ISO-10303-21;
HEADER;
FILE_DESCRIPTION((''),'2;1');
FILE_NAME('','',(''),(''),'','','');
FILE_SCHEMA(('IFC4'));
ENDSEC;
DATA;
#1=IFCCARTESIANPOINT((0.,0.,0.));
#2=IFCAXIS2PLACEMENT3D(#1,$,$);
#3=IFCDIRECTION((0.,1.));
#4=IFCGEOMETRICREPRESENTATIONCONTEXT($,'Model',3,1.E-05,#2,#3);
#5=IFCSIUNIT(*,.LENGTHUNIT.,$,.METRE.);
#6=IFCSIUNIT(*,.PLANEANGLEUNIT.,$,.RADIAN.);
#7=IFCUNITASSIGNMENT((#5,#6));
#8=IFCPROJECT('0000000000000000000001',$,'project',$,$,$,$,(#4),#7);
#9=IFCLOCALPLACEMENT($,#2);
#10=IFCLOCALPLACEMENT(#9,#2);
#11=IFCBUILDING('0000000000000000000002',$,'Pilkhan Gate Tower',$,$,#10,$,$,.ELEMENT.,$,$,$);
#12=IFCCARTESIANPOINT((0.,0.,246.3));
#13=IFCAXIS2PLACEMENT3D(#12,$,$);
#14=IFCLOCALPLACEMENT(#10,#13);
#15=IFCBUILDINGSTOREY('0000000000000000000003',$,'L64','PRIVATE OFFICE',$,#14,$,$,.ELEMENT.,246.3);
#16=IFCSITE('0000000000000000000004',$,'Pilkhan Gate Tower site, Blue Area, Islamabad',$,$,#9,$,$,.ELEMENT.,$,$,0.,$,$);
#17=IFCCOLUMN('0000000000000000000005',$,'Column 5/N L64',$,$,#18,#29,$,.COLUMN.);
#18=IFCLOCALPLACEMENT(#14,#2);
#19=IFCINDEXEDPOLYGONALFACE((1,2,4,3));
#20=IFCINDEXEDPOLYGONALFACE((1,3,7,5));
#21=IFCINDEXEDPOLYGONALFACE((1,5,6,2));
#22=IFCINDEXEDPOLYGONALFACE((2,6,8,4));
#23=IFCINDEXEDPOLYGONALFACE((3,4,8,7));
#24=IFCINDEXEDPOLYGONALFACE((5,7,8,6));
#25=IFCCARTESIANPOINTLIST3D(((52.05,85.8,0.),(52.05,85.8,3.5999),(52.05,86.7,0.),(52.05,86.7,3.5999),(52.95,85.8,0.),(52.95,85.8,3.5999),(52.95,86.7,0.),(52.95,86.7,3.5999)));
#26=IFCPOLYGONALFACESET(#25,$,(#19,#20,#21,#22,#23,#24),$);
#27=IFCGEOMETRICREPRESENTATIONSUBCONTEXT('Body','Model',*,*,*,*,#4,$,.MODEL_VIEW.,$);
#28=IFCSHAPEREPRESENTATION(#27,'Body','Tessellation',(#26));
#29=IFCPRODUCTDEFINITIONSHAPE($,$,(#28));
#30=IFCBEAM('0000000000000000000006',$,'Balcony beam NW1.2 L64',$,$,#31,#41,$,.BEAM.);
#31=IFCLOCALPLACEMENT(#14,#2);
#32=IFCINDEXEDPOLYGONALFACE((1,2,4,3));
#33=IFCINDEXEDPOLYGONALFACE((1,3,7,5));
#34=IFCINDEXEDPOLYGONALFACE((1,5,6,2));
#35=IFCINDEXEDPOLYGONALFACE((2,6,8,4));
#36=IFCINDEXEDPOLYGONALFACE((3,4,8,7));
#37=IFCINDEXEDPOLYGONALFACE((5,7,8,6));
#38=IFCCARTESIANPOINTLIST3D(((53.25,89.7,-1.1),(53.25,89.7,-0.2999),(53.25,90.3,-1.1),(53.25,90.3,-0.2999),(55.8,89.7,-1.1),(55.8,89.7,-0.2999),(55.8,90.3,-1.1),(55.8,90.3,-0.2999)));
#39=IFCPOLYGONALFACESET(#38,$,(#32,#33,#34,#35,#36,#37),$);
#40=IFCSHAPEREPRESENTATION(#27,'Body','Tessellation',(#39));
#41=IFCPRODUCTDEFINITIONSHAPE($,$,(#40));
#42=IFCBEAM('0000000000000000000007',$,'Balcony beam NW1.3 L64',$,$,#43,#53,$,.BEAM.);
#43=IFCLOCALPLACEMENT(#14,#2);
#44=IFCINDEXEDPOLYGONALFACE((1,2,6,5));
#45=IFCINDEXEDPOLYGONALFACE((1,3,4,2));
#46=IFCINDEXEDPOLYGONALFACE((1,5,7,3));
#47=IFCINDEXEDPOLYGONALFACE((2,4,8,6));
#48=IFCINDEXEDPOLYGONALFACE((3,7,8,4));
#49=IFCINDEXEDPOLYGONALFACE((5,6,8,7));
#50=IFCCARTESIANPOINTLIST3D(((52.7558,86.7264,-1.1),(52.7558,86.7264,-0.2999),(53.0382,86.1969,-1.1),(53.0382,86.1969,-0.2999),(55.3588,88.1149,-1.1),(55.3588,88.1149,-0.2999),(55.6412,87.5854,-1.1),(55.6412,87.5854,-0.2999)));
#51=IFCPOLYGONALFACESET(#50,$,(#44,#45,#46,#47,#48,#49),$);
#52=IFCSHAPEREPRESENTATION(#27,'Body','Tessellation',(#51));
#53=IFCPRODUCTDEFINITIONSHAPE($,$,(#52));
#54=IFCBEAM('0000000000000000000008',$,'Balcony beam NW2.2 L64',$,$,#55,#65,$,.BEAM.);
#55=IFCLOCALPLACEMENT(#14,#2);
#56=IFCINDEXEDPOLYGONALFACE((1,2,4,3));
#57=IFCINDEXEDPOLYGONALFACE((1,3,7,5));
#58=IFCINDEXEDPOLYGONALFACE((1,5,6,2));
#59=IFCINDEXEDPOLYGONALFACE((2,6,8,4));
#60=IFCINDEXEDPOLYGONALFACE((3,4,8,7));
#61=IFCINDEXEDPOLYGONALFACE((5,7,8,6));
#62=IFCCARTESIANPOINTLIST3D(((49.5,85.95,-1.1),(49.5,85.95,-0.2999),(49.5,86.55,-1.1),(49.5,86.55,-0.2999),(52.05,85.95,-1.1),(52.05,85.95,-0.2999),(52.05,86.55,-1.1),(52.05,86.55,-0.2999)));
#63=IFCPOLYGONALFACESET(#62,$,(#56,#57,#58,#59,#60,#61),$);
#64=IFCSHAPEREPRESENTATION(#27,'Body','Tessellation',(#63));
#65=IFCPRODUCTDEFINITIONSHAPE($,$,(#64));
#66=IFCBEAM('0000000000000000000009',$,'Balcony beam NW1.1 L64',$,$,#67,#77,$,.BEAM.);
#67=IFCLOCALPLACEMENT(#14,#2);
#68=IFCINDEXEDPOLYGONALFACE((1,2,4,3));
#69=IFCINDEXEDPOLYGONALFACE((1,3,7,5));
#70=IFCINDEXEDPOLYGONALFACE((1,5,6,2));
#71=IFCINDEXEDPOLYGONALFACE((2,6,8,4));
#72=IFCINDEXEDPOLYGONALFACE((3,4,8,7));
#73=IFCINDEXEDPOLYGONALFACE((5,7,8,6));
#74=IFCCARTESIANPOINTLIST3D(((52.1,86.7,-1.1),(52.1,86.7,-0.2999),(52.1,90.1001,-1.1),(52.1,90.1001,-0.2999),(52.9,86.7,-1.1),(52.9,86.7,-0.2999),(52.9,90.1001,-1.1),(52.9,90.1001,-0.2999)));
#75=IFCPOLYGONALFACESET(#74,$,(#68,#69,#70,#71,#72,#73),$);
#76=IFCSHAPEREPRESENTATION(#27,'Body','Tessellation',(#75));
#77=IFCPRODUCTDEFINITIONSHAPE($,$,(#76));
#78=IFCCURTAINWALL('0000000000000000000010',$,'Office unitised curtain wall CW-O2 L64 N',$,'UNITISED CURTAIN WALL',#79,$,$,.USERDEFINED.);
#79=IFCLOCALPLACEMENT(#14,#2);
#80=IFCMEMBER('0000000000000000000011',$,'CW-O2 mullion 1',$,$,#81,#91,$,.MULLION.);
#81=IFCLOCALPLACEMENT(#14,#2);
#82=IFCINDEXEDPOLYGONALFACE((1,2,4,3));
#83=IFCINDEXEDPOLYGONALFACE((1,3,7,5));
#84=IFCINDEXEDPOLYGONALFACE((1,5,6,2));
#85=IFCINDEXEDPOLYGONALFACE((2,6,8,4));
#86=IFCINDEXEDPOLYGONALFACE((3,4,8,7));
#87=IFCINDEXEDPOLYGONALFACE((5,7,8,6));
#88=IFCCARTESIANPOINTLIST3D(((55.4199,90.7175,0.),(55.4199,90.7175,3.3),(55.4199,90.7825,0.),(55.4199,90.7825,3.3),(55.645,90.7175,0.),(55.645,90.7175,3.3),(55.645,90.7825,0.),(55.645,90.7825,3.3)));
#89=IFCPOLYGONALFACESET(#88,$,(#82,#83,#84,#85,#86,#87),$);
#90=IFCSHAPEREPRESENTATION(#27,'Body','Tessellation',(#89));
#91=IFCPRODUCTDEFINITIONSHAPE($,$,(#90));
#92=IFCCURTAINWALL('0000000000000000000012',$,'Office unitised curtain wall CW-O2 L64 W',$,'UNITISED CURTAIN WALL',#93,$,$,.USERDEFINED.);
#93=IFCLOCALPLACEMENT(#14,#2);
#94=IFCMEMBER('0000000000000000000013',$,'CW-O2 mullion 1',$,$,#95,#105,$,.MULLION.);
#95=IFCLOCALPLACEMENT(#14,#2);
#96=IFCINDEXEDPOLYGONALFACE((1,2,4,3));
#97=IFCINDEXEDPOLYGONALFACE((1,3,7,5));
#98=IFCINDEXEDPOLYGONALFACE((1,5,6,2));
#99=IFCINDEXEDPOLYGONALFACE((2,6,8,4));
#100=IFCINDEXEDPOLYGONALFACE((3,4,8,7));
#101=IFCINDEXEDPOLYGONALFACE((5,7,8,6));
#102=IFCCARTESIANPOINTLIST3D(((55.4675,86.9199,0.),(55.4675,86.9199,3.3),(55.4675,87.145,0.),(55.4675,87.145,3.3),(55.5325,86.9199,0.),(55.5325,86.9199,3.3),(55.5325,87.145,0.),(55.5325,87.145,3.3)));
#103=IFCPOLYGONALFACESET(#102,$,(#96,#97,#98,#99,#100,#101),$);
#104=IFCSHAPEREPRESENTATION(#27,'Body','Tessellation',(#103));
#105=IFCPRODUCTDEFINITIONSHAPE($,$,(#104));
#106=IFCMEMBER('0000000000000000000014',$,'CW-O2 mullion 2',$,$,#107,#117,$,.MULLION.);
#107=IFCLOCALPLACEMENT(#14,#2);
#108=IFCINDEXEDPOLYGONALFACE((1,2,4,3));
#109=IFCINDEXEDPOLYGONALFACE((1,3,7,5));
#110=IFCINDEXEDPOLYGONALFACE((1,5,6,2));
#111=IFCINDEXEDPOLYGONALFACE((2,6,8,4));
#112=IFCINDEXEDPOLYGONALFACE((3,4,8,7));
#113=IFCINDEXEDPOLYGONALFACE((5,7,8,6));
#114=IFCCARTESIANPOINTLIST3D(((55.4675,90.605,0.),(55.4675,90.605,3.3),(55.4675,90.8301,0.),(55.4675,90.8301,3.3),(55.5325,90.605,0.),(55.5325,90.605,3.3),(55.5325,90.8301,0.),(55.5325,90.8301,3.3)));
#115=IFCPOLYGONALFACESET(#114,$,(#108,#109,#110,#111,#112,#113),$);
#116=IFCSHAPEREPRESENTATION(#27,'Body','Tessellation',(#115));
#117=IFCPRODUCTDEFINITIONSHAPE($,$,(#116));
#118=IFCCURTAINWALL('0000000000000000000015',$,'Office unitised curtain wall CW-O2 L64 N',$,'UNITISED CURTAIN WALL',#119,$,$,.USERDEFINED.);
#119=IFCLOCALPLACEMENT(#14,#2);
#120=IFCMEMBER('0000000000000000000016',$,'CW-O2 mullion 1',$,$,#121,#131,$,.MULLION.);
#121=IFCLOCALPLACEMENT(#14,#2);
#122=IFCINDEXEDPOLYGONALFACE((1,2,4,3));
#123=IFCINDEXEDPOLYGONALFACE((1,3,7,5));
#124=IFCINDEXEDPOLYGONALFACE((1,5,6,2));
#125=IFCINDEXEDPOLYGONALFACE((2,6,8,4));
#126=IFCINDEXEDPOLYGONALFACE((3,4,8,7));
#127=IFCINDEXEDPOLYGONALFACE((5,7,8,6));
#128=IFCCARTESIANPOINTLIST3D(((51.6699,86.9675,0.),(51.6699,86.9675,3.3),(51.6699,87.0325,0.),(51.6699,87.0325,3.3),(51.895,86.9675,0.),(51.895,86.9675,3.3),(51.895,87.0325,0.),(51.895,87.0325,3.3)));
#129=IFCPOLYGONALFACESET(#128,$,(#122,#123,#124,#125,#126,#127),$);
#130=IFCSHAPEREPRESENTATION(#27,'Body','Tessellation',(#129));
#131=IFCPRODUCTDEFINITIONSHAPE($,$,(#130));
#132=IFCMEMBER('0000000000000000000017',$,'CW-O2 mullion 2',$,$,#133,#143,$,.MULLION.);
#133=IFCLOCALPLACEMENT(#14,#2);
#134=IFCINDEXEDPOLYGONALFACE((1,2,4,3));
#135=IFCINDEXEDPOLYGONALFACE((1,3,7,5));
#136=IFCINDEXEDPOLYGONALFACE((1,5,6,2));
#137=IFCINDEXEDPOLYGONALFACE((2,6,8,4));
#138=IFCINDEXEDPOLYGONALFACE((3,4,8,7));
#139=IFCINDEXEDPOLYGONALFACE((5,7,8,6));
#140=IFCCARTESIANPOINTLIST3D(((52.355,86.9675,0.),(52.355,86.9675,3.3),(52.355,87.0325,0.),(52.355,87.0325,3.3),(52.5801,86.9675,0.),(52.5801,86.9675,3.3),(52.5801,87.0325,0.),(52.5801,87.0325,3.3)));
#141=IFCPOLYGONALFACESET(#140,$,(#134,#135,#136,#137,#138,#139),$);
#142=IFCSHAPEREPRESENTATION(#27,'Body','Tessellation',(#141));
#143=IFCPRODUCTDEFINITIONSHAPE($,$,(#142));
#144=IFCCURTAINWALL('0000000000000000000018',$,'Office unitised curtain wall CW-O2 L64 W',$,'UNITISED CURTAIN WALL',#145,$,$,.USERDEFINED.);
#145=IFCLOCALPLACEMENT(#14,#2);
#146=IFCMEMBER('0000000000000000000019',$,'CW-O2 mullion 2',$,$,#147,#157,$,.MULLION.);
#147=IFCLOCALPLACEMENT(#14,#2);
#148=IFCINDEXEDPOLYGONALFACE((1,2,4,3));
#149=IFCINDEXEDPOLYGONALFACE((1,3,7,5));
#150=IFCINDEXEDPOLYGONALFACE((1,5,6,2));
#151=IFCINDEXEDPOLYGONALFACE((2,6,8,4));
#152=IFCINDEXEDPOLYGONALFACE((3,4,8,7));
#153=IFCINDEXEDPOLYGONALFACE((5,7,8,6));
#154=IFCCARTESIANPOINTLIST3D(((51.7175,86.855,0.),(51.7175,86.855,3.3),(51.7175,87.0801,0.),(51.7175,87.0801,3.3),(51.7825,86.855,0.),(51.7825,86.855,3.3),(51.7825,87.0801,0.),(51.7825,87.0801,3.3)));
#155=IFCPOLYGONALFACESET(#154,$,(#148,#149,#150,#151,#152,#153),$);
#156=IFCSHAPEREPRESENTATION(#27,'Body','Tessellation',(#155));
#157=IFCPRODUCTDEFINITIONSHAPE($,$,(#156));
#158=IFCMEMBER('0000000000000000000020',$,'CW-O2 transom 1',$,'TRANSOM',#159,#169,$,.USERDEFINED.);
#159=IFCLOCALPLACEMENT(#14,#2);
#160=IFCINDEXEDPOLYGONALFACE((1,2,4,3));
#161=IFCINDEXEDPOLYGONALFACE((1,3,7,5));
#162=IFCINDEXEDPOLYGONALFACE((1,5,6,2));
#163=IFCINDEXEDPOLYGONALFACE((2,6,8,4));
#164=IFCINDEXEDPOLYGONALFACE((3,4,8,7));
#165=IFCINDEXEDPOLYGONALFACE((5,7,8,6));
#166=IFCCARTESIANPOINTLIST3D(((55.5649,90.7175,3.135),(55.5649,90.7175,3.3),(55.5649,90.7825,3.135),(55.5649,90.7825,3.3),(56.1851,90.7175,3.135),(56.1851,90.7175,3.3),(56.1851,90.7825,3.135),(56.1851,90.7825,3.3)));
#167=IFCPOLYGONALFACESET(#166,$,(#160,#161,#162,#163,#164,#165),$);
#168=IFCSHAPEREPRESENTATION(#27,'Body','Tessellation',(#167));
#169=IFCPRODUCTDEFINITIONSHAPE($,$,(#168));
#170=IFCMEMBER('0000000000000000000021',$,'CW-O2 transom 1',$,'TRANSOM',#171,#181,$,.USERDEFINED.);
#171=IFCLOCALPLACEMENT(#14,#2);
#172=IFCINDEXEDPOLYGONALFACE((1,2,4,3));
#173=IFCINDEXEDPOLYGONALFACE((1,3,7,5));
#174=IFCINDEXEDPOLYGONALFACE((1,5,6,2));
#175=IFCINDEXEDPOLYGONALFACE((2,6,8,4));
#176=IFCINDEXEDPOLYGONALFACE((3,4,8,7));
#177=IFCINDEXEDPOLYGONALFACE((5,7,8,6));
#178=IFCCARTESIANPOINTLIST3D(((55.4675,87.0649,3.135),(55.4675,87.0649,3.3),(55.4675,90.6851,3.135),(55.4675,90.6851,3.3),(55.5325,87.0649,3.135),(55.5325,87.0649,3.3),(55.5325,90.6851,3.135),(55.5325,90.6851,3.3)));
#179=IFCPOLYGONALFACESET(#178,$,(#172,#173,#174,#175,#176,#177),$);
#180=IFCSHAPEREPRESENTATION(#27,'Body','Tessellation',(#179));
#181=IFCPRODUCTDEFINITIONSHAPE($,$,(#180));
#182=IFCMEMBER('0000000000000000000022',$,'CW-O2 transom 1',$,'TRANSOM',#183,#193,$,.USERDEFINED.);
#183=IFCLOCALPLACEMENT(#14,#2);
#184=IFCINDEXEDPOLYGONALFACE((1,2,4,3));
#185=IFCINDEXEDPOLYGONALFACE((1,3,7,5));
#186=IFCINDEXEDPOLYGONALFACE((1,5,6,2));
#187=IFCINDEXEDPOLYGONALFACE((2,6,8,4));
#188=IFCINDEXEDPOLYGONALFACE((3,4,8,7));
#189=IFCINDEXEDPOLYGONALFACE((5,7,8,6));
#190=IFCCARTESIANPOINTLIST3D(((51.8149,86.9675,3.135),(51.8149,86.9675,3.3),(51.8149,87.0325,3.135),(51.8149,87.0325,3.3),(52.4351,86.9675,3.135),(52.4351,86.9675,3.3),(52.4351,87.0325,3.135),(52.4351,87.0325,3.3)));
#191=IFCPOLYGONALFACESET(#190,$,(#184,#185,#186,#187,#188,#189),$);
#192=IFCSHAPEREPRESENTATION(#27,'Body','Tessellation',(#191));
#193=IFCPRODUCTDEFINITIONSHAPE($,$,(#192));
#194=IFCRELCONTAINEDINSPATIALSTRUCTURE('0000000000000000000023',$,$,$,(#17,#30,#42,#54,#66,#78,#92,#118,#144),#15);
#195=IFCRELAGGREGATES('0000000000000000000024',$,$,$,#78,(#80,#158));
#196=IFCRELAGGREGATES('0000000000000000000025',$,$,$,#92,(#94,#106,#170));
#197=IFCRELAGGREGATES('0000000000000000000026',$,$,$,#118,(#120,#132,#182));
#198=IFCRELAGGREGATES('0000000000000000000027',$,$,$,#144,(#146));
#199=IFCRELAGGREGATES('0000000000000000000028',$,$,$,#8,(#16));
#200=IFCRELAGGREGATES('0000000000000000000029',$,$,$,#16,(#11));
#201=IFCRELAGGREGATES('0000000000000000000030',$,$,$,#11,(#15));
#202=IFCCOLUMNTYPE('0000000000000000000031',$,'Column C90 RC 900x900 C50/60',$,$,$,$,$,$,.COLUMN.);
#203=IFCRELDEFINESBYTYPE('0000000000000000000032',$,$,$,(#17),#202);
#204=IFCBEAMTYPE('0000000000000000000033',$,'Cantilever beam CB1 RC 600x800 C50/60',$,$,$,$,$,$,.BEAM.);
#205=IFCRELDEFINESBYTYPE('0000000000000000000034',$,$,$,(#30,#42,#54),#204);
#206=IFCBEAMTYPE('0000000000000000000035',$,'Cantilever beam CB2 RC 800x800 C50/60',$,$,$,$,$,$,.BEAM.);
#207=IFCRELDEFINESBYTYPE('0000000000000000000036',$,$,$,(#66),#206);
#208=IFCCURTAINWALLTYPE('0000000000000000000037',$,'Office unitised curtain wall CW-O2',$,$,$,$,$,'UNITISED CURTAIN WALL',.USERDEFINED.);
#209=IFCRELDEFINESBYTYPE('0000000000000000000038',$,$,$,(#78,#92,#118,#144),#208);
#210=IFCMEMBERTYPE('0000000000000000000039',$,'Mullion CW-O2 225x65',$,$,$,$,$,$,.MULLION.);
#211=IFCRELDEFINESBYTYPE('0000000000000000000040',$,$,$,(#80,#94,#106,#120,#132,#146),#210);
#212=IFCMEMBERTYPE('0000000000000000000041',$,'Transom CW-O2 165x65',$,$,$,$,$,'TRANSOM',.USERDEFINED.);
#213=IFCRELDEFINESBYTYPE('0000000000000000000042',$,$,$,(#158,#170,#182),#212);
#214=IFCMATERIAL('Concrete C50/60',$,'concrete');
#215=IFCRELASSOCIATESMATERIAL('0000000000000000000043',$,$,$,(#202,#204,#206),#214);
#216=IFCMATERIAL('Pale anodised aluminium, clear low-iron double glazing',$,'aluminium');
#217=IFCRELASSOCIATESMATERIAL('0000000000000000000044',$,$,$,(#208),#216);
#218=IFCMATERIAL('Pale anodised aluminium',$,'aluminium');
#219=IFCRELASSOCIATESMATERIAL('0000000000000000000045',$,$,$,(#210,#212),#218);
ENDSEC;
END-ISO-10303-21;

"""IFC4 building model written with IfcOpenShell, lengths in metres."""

from ifc_helpers import new_model, si_unit, direction, frame, origin, origin_2d, place, context, subcontext, project, spatial, rectangle, extrude, material, material_profile, profile_set, type_object, element, aggregate, save


model = new_model("IFC4")

# Units and contexts
model_context = context("Model", 3, precision=1e-05, world=origin(), true_north=direction((0.0, 1.0)))
body_context = subcontext(model_context, "Body", "Model", "MODEL_VIEW")
ifc_project = project(units=[si_unit("LENGTHUNIT", "METRE"), si_unit("PLANEANGLEUNIT", "RADIAN")], contexts=[model_context])

# Site, building, storey
site_placement = place(None, origin())
site = spatial("IfcSite", under=ifc_project, at=site_placement, Name="Pilkhan Gate Tower site, Blue Area, Islamabad", CompositionType="ELEMENT", RefElevation=0.0)
building_placement = place(site_placement, origin())
building = spatial("IfcBuilding", under=site, at=building_placement, Name="Pilkhan Gate Tower", CompositionType="ELEMENT")
storey_placement = place(building_placement, frame((0.0, 0.0, 246.3)))
storey = spatial("IfcBuildingStorey", under=building, at=storey_placement, Name="L64", Description="PRIVATE OFFICE", CompositionType="ELEMENT", Elevation=246.3)

# Column
ifc_material_1 = material(Name="Concrete C50/60", Category="concrete")
ifc_material_profile_1 = material_profile(ifc_material_1, rectangle(XDim=0.8999, YDim=0.8999, at=origin_2d()), Name="RC 900x900")
ifc_profile_set_1 = profile_set([ifc_material_profile_1], Name="Concrete C50/60")
column_type = type_object("IfcColumnType", Name="Column C90 RC 900x900 C50/60", PredefinedType="COLUMN", material=ifc_profile_set_1)
column_placement = place(storey_placement, frame((52.5, 86.25, 0.0), z_axis=(0.0, 0.0, 1.0), x_axis=(1.0, 0.0, 0.0)))
element("IfcColumn", 1, at=column_placement, inside=storey, type_object=column_type, Name="Column 5/N L64", PredefinedType="COLUMN", context=body_context, shape_type="SweptSolid", body=[
    extrude(rectangle(XDim=0.8999, YDim=0.8999, at=origin_2d()), origin(), (0.0, 0.0, 1.0), 3.5999),
])

# Beams
ifc_material_profile_2 = material_profile(ifc_material_1, rectangle(XDim=0.6001, YDim=0.8, at=origin_2d()), Name="RC 600x800")
ifc_profile_set_2 = profile_set([ifc_material_profile_2], Name="Concrete C50/60")
beam_type_1 = type_object("IfcBeamType", Name="Cantilever beam CB1 RC 600x800 C50/60", PredefinedType="BEAM", material=ifc_profile_set_2)
beam_1_placement = place(storey_placement, frame((55.8, 90.0, -0.7), z_axis=(-1.0, 0.0, 0.0), x_axis=(0.0, -1.0, 0.0)))
element("IfcBeam", 2, at=beam_1_placement, inside=storey, type_object=beam_type_1, Name="Balcony beam NW1.2 L64", PredefinedType="BEAM", context=body_context, shape_type="SweptSolid", body=[
    extrude(rectangle(XDim=0.6001, YDim=0.8, at=origin_2d()), origin(), (0.0, 0.0, 1.0), 2.55),
])
beam_2_placement = place(storey_placement, frame((52.897, 86.4617, -0.7), z_axis=(0.882332, 0.470627, 0.0), x_axis=(-0.470627, 0.882332, 0.0)))
element("IfcBeam", 3, at=beam_2_placement, inside=storey, type_object=beam_type_1, Name="Balcony beam NW1.3 L64", PredefinedType="BEAM", context=body_context, shape_type="SweptSolid", body=[
    extrude(rectangle(XDim=0.6001, YDim=0.8, at=origin_2d()), origin(), (0.0, 0.0, 1.0), 2.9502),
])
beam_3_placement = place(storey_placement, frame((52.05, 86.25, -0.7), z_axis=(-1.0, 0.0, 0.0), x_axis=(0.0, -1.0, 0.0)))
element("IfcBeam", 4, at=beam_3_placement, inside=storey, type_object=beam_type_1, Name="Balcony beam NW2.2 L64", PredefinedType="BEAM", context=body_context, shape_type="SweptSolid", body=[
    extrude(rectangle(XDim=0.6001, YDim=0.8, at=origin_2d()), origin(), (0.0, 0.0, 1.0), 2.55),
])
ifc_material_profile_3 = material_profile(ifc_material_1, rectangle(XDim=0.8, YDim=0.8, at=origin_2d()), Name="RC 800x800")
ifc_profile_set_3 = profile_set([ifc_material_profile_3], Name="Concrete C50/60")
beam_type_2 = type_object("IfcBeamType", Name="Cantilever beam CB2 RC 800x800 C50/60", PredefinedType="BEAM", material=ifc_profile_set_3)
beam_4_placement = place(storey_placement, frame((52.5, 86.7, -0.7), z_axis=(0.0, 1.0, 0.0), x_axis=(-1.0, 0.0, 0.0)))
element("IfcBeam", 5, at=beam_4_placement, inside=storey, type_object=beam_type_2, Name="Balcony beam NW1.1 L64", PredefinedType="BEAM", context=body_context, shape_type="SweptSolid", body=[
    extrude(rectangle(XDim=0.8, YDim=0.8, at=origin_2d()), origin(), (0.0, 0.0, 1.0), 3.4001),
])

# Curtain wall, member
ifc_material_2 = material(Name="Pale anodised aluminium, clear low-iron double glazing", Category="aluminium")
curtain_wall_type = type_object("IfcCurtainWallType", Name="Office unitised curtain wall CW-O2", ElementType="UNITISED CURTAIN WALL", PredefinedType="USERDEFINED", material=ifc_material_2)
curtain_wall_1_placement = place(storey_placement, origin())
curtain_wall_1 = element("IfcCurtainWall", 6, at=curtain_wall_1_placement, inside=storey, type_object=curtain_wall_type, Name="Office unitised curtain wall CW-O2 L64 N", ObjectType="UNITISED CURTAIN WALL", PredefinedType="USERDEFINED")
ifc_material_3 = material(Name="Pale anodised aluminium", Category="aluminium")
ifc_material_profile_4 = material_profile(ifc_material_3, rectangle(XDim=0.0649, YDim=0.2251, at=origin_2d()), Name="Mullion 225x65")
ifc_profile_set_4 = profile_set([ifc_material_profile_4], Name="Pale anodised aluminium")
member_type_1 = type_object("IfcMemberType", Name="Mullion CW-O2 225x65", PredefinedType="MULLION", material=ifc_profile_set_4)
member_1_placement = place(storey_placement, frame((55.5325, 90.75, 0.0), z_axis=(0.0, 0.0, 1.0), x_axis=(0.0, 1.0, 0.0)))
member_1 = element("IfcMember", 7, at=member_1_placement, type_object=member_type_1, Name="CW-O2 mullion 1", PredefinedType="MULLION", context=body_context, shape_type="SweptSolid", body=[
    extrude(rectangle(XDim=0.0649, YDim=0.2251, at=origin_2d()), origin(), (0.0, 0.0, 1.0), 3.3),
])

# Curtain walls, members
curtain_wall_2_placement = place(storey_placement, origin())
curtain_wall_2 = element("IfcCurtainWall", 8, at=curtain_wall_2_placement, inside=storey, type_object=curtain_wall_type, Name="Office unitised curtain wall CW-O2 L64 W", ObjectType="UNITISED CURTAIN WALL", PredefinedType="USERDEFINED")
member_2_placement = place(storey_placement, frame((55.5, 87.0325, 0.0), z_axis=(0.0, 0.0, 1.0), x_axis=(-1.0, 0.0, 0.0)))
member_2 = element("IfcMember", 9, at=member_2_placement, type_object=member_type_1, Name="CW-O2 mullion 1", PredefinedType="MULLION", context=body_context, shape_type="SweptSolid", body=[
    extrude(rectangle(XDim=0.0649, YDim=0.2251, at=origin_2d()), origin(), (0.0, 0.0, 1.0), 3.3),
])
member_3_placement = place(storey_placement, frame((55.5, 90.7175, 0.0), z_axis=(0.0, 0.0, 1.0), x_axis=(-1.0, 0.0, 0.0)))
member_3 = element("IfcMember", 10, at=member_3_placement, type_object=member_type_1, Name="CW-O2 mullion 2", PredefinedType="MULLION", context=body_context, shape_type="SweptSolid", body=[
    extrude(rectangle(XDim=0.0649, YDim=0.2251, at=origin_2d()), origin(), (0.0, 0.0, 1.0), 3.3),
])
curtain_wall_3_placement = place(storey_placement, origin())
curtain_wall_3 = element("IfcCurtainWall", 11, at=curtain_wall_3_placement, inside=storey, type_object=curtain_wall_type, Name="Office unitised curtain wall CW-O2 L64 N", ObjectType="UNITISED CURTAIN WALL", PredefinedType="USERDEFINED")
member_4_placement = place(storey_placement, frame((51.7825, 87.0, 0.0), z_axis=(0.0, 0.0, 1.0), x_axis=(0.0, 1.0, 0.0)))
member_4 = element("IfcMember", 12, at=member_4_placement, type_object=member_type_1, Name="CW-O2 mullion 1", PredefinedType="MULLION", context=body_context, shape_type="SweptSolid", body=[
    extrude(rectangle(XDim=0.0649, YDim=0.2251, at=origin_2d()), origin(), (0.0, 0.0, 1.0), 3.3),
])
member_5_placement = place(storey_placement, frame((52.4675, 87.0, 0.0), z_axis=(0.0, 0.0, 1.0), x_axis=(0.0, 1.0, 0.0)))
member_5 = element("IfcMember", 13, at=member_5_placement, type_object=member_type_1, Name="CW-O2 mullion 2", PredefinedType="MULLION", context=body_context, shape_type="SweptSolid", body=[
    extrude(rectangle(XDim=0.0649, YDim=0.2251, at=origin_2d()), origin(), (0.0, 0.0, 1.0), 3.3),
])

# Curtain wall, member
curtain_wall_4_placement = place(storey_placement, origin())
curtain_wall_4 = element("IfcCurtainWall", 14, at=curtain_wall_4_placement, inside=storey, type_object=curtain_wall_type, Name="Office unitised curtain wall CW-O2 L64 W", ObjectType="UNITISED CURTAIN WALL", PredefinedType="USERDEFINED")
member_6_placement = place(storey_placement, frame((51.75, 86.9675, 0.0), z_axis=(0.0, 0.0, 1.0), x_axis=(-1.0, 0.0, 0.0)))
member_6 = element("IfcMember", 15, at=member_6_placement, type_object=member_type_1, Name="CW-O2 mullion 2", PredefinedType="MULLION", context=body_context, shape_type="SweptSolid", body=[
    extrude(rectangle(XDim=0.0649, YDim=0.2251, at=origin_2d()), origin(), (0.0, 0.0, 1.0), 3.3),
])

# Members
ifc_material_profile_5 = material_profile(ifc_material_3, rectangle(XDim=0.0649, YDim=0.165, at=origin_2d()), Name="Transom 165x65")
ifc_profile_set_5 = profile_set([ifc_material_profile_5], Name="Pale anodised aluminium")
member_type_2 = type_object("IfcMemberType", Name="Transom CW-O2 165x65", ElementType="TRANSOM", PredefinedType="USERDEFINED", material=ifc_profile_set_5)
member_7_placement = place(storey_placement, frame((55.5649, 90.75, 3.2175), z_axis=(1.0, 0.0, 0.0), x_axis=(0.0, 1.0, 0.0)))
member_7 = element("IfcMember", 16, at=member_7_placement, type_object=member_type_2, Name="CW-O2 transom 1", ObjectType="TRANSOM", PredefinedType="USERDEFINED", context=body_context, shape_type="SweptSolid", body=[
    extrude(rectangle(XDim=0.0649, YDim=0.165, at=origin_2d()), origin(), (0.0, 0.0, 1.0), 0.6201),
])
member_8_placement = place(storey_placement, frame((55.5, 87.0649, 3.2175), z_axis=(0.0, 1.0, 0.0), x_axis=(-1.0, 0.0, 0.0)))
member_8 = element("IfcMember", 17, at=member_8_placement, type_object=member_type_2, Name="CW-O2 transom 1", ObjectType="TRANSOM", PredefinedType="USERDEFINED", context=body_context, shape_type="SweptSolid", body=[
    extrude(rectangle(XDim=0.0649, YDim=0.165, at=origin_2d()), origin(), (0.0, 0.0, 1.0), 3.6201),
])
member_9_placement = place(storey_placement, frame((51.8149, 87.0, 3.2175), z_axis=(1.0, 0.0, 0.0), x_axis=(0.0, 1.0, 0.0)))
member_9 = element("IfcMember", 18, at=member_9_placement, type_object=member_type_2, Name="CW-O2 transom 1", ObjectType="TRANSOM", PredefinedType="USERDEFINED", context=body_context, shape_type="SweptSolid", body=[
    extrude(rectangle(XDim=0.0649, YDim=0.165, at=origin_2d()), origin(), (0.0, 0.0, 1.0), 0.6201),
])

aggregate(curtain_wall_1, [member_1, member_7])
aggregate(curtain_wall_2, [member_2, member_3, member_8])
aggregate(curtain_wall_3, [member_4, member_5, member_9])
aggregate(curtain_wall_4, [member_6])

save(model, "model.ifc")
